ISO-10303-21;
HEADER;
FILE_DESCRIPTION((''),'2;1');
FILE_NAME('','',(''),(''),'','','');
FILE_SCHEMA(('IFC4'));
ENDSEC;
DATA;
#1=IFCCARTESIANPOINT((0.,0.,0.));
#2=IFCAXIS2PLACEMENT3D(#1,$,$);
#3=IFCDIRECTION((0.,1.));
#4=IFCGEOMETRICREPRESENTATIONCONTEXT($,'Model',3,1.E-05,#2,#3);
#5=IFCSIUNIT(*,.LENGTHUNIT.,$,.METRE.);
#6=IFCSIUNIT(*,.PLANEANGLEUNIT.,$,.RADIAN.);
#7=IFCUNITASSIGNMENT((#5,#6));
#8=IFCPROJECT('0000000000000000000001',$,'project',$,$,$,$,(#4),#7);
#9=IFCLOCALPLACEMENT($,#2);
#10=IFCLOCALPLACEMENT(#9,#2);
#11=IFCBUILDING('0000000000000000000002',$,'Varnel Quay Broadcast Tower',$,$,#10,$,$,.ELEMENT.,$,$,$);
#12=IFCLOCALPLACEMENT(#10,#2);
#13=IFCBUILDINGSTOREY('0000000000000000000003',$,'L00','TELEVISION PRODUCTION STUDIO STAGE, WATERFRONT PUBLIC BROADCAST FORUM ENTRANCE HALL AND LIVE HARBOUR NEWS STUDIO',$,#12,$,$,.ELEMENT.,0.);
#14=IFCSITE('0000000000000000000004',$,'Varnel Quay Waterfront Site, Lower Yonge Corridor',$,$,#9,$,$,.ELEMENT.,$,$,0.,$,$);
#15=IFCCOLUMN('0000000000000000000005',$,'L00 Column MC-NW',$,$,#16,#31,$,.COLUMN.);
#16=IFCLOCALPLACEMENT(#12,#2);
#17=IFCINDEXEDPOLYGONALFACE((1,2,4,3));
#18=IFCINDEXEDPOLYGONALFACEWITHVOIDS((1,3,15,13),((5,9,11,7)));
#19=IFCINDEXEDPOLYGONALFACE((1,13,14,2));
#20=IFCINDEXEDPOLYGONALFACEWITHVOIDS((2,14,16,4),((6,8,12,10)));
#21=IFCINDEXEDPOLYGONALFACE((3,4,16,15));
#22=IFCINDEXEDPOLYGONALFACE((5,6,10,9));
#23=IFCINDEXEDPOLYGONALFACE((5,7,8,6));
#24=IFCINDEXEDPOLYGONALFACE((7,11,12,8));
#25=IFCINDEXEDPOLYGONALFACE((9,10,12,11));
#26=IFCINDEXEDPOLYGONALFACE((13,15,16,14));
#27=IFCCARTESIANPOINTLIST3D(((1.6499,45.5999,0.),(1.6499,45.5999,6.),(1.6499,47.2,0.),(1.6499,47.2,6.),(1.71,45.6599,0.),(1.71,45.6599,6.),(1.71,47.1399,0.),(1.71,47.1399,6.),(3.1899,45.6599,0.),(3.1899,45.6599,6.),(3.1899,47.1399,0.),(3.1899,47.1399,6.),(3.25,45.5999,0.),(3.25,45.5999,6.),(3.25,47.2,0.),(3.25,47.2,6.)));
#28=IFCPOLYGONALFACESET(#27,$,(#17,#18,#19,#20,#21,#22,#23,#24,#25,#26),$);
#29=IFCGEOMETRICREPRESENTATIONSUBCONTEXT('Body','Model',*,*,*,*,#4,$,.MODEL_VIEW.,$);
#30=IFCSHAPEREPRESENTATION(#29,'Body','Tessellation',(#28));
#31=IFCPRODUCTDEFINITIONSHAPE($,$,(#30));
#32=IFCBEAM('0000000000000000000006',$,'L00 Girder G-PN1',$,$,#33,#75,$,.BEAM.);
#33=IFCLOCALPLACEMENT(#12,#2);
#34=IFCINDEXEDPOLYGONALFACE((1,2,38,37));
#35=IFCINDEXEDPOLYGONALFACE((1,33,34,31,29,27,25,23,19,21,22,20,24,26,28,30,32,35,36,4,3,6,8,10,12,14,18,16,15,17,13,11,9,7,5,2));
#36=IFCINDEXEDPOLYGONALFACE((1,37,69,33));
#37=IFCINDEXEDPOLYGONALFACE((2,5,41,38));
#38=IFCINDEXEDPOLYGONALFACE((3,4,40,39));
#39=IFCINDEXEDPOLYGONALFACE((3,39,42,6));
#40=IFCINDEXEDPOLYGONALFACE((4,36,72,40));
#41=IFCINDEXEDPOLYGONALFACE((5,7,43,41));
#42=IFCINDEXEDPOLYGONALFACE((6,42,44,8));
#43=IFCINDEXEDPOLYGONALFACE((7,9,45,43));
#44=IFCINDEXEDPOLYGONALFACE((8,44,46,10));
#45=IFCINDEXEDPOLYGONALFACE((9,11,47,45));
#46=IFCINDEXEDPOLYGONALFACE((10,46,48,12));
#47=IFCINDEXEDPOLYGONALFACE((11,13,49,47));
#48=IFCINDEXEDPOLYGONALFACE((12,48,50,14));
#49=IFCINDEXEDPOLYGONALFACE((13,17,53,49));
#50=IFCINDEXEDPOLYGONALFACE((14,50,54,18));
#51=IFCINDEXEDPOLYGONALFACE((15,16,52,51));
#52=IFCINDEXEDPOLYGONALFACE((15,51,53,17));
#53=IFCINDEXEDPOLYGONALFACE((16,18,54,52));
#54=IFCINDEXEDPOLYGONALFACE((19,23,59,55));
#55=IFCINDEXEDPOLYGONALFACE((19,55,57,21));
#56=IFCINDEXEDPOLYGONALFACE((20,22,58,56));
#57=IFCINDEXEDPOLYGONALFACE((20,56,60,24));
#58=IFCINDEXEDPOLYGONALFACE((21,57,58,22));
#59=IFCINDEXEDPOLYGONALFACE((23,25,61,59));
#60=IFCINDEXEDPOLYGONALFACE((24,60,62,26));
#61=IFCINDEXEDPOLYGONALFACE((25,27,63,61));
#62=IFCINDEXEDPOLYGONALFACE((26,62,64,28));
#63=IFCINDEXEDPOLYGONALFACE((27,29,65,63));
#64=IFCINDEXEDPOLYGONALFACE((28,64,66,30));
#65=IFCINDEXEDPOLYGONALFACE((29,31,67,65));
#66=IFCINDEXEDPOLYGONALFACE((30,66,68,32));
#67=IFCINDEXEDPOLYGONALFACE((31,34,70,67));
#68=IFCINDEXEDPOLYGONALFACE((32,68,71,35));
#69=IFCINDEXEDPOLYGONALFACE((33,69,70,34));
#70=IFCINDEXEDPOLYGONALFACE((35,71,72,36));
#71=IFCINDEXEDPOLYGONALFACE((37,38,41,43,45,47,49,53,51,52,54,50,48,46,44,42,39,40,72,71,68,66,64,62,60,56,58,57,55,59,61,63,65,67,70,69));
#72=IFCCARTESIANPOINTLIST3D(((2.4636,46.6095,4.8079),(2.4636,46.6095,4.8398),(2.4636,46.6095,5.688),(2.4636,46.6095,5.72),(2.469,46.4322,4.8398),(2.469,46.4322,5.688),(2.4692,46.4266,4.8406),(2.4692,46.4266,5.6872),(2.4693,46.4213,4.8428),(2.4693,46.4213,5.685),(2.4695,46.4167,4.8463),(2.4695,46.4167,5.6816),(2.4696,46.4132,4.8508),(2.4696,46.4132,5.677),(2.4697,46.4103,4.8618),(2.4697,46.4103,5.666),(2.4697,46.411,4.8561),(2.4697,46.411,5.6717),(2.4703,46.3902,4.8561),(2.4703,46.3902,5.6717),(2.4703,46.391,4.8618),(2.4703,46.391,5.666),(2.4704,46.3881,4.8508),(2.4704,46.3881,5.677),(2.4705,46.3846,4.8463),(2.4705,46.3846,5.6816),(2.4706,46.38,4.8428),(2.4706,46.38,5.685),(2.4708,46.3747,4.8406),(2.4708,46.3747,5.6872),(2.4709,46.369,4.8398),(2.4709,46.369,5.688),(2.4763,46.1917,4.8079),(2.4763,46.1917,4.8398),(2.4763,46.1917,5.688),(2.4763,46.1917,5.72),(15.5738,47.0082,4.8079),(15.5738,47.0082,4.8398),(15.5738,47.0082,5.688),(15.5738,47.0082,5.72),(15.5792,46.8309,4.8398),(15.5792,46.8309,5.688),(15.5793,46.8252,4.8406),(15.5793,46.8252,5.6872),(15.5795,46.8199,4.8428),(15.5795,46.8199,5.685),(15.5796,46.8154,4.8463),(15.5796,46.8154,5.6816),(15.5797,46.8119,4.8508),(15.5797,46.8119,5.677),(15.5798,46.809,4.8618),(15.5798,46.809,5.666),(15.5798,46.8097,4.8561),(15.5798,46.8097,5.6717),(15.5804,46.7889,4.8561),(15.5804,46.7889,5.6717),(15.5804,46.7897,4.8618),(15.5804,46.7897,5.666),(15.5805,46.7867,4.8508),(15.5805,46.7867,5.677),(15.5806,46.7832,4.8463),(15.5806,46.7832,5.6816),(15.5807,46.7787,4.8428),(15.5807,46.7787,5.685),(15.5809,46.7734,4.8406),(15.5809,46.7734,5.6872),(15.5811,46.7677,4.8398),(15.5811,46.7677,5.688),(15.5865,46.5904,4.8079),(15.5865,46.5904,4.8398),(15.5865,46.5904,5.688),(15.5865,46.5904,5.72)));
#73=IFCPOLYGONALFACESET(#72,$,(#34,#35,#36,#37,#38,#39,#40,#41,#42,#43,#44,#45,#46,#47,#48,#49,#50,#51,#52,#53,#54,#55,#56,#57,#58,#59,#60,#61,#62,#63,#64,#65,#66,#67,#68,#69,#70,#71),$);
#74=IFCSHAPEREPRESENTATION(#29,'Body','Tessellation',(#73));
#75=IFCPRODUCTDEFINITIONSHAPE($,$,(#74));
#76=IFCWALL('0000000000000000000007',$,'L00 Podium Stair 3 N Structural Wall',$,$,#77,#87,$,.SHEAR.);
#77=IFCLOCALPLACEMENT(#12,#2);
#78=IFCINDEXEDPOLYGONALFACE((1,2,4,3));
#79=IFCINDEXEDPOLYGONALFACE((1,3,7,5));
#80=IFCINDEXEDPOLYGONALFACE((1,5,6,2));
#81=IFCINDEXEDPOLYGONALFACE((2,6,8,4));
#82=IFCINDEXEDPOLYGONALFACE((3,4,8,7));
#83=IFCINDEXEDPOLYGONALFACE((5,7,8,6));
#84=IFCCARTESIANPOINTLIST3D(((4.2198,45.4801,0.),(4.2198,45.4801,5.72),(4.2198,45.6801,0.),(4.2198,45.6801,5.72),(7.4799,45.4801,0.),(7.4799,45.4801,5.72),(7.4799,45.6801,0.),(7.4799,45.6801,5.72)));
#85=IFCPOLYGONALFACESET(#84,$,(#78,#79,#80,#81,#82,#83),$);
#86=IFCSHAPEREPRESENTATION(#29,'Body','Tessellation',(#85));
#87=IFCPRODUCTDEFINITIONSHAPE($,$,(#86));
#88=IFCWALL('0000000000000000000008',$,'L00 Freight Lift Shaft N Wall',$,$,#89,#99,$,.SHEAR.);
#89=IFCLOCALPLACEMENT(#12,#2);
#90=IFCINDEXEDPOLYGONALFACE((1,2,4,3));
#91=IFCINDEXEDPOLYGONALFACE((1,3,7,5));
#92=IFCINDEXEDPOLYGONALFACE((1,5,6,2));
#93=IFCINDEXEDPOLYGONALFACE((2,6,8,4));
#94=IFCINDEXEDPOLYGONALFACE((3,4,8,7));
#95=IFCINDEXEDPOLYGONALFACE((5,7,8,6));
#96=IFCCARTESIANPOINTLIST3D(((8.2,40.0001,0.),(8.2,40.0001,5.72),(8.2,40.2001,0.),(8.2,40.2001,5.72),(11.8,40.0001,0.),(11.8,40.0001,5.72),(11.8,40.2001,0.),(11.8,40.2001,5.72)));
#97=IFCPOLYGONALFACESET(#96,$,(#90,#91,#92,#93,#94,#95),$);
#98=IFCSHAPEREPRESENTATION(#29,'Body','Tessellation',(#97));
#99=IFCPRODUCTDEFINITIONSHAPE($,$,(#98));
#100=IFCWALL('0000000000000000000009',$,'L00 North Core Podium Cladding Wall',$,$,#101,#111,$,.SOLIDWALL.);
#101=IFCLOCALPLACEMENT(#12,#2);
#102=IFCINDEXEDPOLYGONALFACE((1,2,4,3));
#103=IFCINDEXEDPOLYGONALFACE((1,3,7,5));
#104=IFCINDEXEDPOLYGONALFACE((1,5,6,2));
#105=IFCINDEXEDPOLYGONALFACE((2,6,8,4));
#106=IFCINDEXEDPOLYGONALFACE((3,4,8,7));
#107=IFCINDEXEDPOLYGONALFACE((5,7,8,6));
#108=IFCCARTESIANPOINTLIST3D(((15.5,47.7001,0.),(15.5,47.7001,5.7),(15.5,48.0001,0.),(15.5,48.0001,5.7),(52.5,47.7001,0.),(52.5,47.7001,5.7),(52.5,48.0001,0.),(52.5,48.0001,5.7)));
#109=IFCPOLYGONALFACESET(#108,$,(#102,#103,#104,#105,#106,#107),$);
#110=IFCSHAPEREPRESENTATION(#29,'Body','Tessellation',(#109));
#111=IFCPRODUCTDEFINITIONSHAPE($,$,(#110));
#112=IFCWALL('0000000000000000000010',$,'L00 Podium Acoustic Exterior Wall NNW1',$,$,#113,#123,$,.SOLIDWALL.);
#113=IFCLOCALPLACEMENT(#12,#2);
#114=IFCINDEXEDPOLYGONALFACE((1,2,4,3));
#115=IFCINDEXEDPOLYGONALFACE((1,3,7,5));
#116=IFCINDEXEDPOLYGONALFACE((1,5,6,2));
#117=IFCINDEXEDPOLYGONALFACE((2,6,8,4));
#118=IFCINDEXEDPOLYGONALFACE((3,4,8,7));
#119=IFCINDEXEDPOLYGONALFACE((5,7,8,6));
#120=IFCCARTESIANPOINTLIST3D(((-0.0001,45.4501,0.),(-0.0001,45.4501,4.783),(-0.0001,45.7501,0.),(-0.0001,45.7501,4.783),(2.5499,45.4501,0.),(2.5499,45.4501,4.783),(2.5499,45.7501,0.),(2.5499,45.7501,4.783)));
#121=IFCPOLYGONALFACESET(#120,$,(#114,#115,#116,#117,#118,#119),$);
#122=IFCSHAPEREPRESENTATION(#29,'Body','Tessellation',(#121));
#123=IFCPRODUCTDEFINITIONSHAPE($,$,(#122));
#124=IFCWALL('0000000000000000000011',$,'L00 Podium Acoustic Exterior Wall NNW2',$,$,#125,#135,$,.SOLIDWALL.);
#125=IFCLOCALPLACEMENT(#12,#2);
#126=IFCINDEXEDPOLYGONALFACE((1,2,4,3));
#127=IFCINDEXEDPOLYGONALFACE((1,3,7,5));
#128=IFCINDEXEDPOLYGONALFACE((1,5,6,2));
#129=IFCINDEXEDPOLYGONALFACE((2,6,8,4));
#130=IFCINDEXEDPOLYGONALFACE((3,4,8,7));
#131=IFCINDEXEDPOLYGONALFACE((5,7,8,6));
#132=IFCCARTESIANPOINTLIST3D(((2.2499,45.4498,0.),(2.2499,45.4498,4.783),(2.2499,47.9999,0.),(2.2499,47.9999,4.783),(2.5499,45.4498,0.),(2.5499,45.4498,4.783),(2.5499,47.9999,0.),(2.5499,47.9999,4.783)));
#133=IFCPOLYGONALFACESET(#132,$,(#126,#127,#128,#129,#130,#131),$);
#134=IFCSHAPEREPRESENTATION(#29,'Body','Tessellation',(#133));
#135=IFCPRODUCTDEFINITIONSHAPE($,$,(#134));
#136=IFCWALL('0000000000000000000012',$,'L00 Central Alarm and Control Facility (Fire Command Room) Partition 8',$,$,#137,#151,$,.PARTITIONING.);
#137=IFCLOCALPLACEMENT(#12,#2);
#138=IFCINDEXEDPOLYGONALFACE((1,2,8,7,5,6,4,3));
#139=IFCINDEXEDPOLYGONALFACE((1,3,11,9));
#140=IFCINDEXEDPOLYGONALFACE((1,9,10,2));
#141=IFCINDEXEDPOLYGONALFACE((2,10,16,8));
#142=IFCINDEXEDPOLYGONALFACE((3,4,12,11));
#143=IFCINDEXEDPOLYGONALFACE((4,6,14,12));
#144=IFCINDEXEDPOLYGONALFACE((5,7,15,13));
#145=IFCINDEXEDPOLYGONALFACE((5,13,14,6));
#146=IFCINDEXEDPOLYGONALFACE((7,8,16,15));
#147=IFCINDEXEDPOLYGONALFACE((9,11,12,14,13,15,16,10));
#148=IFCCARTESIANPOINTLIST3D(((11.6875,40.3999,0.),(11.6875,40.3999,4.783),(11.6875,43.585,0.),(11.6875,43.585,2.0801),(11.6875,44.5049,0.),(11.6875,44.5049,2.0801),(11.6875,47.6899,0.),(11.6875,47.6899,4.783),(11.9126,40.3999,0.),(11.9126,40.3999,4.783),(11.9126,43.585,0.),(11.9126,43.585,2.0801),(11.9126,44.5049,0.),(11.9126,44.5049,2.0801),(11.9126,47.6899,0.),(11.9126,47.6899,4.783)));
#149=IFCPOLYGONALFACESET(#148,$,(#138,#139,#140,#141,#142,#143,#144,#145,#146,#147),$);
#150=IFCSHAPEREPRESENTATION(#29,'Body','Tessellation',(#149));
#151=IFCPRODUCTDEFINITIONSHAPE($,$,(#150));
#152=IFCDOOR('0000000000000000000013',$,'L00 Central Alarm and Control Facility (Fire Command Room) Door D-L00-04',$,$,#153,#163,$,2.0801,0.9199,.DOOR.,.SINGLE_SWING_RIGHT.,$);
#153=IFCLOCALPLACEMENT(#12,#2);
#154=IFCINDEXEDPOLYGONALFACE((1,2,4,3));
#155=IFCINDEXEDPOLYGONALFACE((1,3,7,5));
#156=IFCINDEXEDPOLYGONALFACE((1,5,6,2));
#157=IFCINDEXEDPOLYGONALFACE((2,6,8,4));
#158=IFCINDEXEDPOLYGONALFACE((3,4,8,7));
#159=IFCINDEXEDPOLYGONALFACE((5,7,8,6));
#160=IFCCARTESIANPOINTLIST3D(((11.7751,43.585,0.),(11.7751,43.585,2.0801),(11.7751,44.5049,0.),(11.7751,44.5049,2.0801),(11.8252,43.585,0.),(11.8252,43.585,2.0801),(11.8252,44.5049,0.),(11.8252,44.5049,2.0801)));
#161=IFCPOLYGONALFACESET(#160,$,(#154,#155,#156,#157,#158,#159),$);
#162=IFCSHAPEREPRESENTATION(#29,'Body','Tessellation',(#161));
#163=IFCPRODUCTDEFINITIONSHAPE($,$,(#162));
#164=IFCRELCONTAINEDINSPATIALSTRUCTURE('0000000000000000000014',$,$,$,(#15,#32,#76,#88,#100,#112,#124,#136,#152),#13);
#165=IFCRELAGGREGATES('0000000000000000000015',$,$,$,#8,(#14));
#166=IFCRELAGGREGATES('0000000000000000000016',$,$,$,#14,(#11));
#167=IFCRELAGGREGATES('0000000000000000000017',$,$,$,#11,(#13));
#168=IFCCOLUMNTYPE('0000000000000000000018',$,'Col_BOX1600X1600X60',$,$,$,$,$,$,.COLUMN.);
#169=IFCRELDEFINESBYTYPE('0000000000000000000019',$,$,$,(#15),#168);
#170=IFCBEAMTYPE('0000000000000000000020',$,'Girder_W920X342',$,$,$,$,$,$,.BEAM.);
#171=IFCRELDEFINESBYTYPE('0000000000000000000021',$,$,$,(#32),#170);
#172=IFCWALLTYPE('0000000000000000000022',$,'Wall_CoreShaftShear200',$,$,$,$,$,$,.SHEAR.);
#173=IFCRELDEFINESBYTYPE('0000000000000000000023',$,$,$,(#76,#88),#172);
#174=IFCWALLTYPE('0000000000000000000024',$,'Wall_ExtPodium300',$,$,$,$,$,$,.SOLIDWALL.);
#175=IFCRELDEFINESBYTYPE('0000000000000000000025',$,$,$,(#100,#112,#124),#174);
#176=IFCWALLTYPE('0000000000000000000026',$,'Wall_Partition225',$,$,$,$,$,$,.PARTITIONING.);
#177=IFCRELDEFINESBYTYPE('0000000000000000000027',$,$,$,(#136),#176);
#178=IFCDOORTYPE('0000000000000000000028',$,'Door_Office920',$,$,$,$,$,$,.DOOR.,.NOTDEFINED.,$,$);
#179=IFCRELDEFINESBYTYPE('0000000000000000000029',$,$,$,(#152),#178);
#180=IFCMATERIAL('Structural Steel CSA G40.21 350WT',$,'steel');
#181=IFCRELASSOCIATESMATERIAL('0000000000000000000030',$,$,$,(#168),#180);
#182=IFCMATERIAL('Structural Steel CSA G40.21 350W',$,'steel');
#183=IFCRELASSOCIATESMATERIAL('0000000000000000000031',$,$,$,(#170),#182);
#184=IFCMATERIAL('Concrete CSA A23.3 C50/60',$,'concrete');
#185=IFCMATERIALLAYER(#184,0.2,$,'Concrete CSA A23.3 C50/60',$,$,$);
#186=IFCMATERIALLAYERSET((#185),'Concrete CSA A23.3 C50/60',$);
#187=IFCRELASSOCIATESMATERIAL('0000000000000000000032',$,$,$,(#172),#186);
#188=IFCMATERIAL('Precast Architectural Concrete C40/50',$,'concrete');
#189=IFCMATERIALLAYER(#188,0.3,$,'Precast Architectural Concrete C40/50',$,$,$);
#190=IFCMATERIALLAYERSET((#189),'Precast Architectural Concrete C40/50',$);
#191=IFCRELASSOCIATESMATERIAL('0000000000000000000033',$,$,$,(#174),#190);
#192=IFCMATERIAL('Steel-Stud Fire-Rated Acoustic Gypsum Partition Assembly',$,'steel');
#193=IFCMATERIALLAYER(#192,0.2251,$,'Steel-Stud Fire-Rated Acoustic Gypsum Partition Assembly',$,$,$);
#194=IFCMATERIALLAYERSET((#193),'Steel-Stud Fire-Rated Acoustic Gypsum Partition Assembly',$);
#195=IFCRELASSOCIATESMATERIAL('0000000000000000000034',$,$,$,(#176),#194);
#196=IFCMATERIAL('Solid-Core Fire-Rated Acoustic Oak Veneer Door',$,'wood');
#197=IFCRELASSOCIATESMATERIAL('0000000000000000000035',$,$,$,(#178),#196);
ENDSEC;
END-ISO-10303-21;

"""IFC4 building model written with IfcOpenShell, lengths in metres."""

from ifc_helpers import new_model, si_unit, direction, frame, frame_2d, origin, origin_2d, place, context, subcontext, project, spatial, rectangle, hollow_rectangle, i_section, extrude, source, transform, mapped, material, layer, layer_set, material_profile, profile_set, type_object, type_shapes, element, fill, save


model = new_model("IFC4")

# Units and contexts
model_context = context("Model", 3, precision=1e-05, world=origin(), true_north=direction((0.0, 1.0)))
body_context = subcontext(model_context, "Body", "Model", "MODEL_VIEW")
ifc_project = project(units=[si_unit("LENGTHUNIT", "METRE"), si_unit("PLANEANGLEUNIT", "RADIAN")], contexts=[model_context])

# Site, building, storey
site_placement = place(None, origin())
site = spatial("IfcSite", under=ifc_project, at=site_placement, Name="Varnel Quay Waterfront Site, Lower Yonge Corridor", CompositionType="ELEMENT", RefElevation=0.0)
building_placement = place(site_placement, origin())
building = spatial("IfcBuilding", under=site, at=building_placement, Name="Varnel Quay Broadcast Tower", CompositionType="ELEMENT")
storey_placement = place(building_placement, origin())
storey = spatial("IfcBuildingStorey", under=building, at=storey_placement, Name="L00", Description="TELEVISION PRODUCTION STUDIO STAGE, WATERFRONT PUBLIC BROADCAST FORUM ENTRANCE HALL AND LIVE HARBOUR NEWS STUDIO", CompositionType="ELEMENT", Elevation=0.0)

# Column
ifc_material_1 = material(Name="Structural Steel CSA G40.21 350WT", Category="steel")
ifc_material_profile_1 = material_profile(ifc_material_1, hollow_rectangle(XDim=1.6001, YDim=1.6001, WallThickness=0.0601, at=origin_2d()), Name="BOX1600X1600X60")
ifc_profile_set_1 = profile_set([ifc_material_profile_1], Name="Structural Steel CSA G40.21 350WT")
column_type = type_object("IfcColumnType", Name="Col_BOX1600X1600X60", PredefinedType="COLUMN", material=ifc_profile_set_1)
shared_shape_1 = source(origin(), body_context, "Body", "SweptSolid", [
    extrude(hollow_rectangle(XDim=1.6001, YDim=1.6001, WallThickness=0.0601, at=origin_2d()), origin(), (0.0, 0.0, 1.0), 6.0),
])
type_shapes(column_type, [shared_shape_1])
column_placement = place(storey_placement, frame((2.45, 46.3999, 0.0), z_axis=(0.0, 0.0, 1.0), x_axis=(1.0, 0.0, 0.0)))
element("IfcColumn", 1, at=column_placement, inside=storey, type_object=column_type, Name="L00 Column MC-NW", PredefinedType="COLUMN", context=body_context, shape_type="MappedRepresentation", body=[
    mapped(shared_shape_1, transform((0.0, 0.0, 0.0), x_axis=(1.0, 0.0, 0.0), y_axis=(0.0, 1.0, 0.0), z_axis=(0.0, 0.0, 1.0), scale=1.0)),
])

# Beam
ifc_material_2 = material(Name="Structural Steel CSA G40.21 350W", Category="steel")
ifc_material_profile_2 = material_profile(ifc_material_2, i_section(OverallWidth=0.418, OverallDepth=0.9121, WebThickness=0.0193, FlangeThickness=0.032, FilletRadius=0.022, at=origin_2d()), Name="W920X342")
ifc_profile_set_2 = profile_set([ifc_material_profile_2], Name="Structural Steel CSA G40.21 350W")
beam_type = type_object("IfcBeamType", Name="Girder_W920X342", PredefinedType="BEAM", material=ifc_profile_set_2)
shared_shape_2 = source(origin(), body_context, "Body", "SweptSolid", [
    extrude(i_section(OverallWidth=0.418, OverallDepth=0.9121, WebThickness=0.0193, FlangeThickness=0.032, FilletRadius=0.022, at=origin_2d()), origin(), (0.0, 0.0, 1.0), 13.1162),
])
type_shapes(beam_type, [shared_shape_2])
beam_placement = place(storey_placement, frame((2.47, 46.4006, 5.2639), z_axis=(0.999538, 0.030396, 0.0), x_axis=(-0.030396, 0.999538, 0.0)))
element("IfcBeam", 2, at=beam_placement, inside=storey, type_object=beam_type, Name="L00 Girder G-PN1", PredefinedType="BEAM", context=body_context, shape_type="MappedRepresentation", body=[
    mapped(shared_shape_2, transform((0.0, 0.0, 0.0), x_axis=(1.0, 0.0, 0.0), y_axis=(0.0, 1.0, 0.0), z_axis=(0.0, 0.0, 1.0), scale=1.0)),
])

# Walls
ifc_material_3 = material(Name="Concrete CSA A23.3 C50/60", Category="concrete")
ifc_layer_1 = layer(ifc_material_3, 0.2, Name="Concrete CSA A23.3 C50/60")
ifc_layer_set_1 = layer_set([ifc_layer_1], Name="Concrete CSA A23.3 C50/60")
wall_type_1 = type_object("IfcWallType", Name="Wall_CoreShaftShear200", PredefinedType="SHEAR", material=ifc_layer_set_1)
wall_1_placement = place(storey_placement, frame((4.22, 45.5801, 0.0), z_axis=(0.0, 0.0, 1.0), x_axis=(1.0, 0.0, 0.0)))
element("IfcWall", 3, at=wall_1_placement, inside=storey, type_object=wall_type_1, Name="L00 Podium Stair 3 N Structural Wall", PredefinedType="SHEAR", context=body_context, shape_type="SweptSolid", body=[
    extrude(rectangle(XDim=3.26, YDim=0.2, at=frame_2d((1.6299, 0.0))), origin(), (0.0, 0.0, 1.0), 5.72),
])
wall_2_placement = place(storey_placement, frame((8.2, 40.1001, 0.0), z_axis=(0.0, 0.0, 1.0), x_axis=(1.0, 0.0, 0.0)))
element("IfcWall", 4, at=wall_2_placement, inside=storey, type_object=wall_type_1, Name="L00 Freight Lift Shaft N Wall", PredefinedType="SHEAR", context=body_context, shape_type="SweptSolid", body=[
    extrude(rectangle(XDim=3.6001, YDim=0.2, at=frame_2d((1.8, 0.0))), origin(), (0.0, 0.0, 1.0), 5.72),
])

# Shared definitions
ifc_material_4 = material(Name="Precast Architectural Concrete C40/50", Category="concrete")
ifc_layer_2 = layer(ifc_material_4, 0.3, Name="Precast Architectural Concrete C40/50")
ifc_layer_set_2 = layer_set([ifc_layer_2], Name="Precast Architectural Concrete C40/50")
wall_type_2 = type_object("IfcWallType", Name="Wall_ExtPodium300", PredefinedType="SOLIDWALL", material=ifc_layer_set_2)

# Walls
wall_3_placement = place(storey_placement, frame((15.5, 47.8501, 0.0), z_axis=(0.0, 0.0, 1.0), x_axis=(1.0, 0.0, 0.0)))
element("IfcWall", 5, at=wall_3_placement, inside=storey, type_object=wall_type_2, Name="L00 North Core Podium Cladding Wall", PredefinedType="SOLIDWALL", context=body_context, shape_type="SweptSolid", body=[
    extrude(rectangle(XDim=37.0, YDim=0.3, at=frame_2d((18.5, 0.0))), origin(), (0.0, 0.0, 1.0), 5.7),
])
for number, where, z_axis, x_axis, name in (
    (6, (0.0, 45.6001, 0.0), (0.0, 0.0, 1.0), (1.0, 0.0, 0.0), "L00 Podium Acoustic Exterior Wall NNW1"),
    (7, (2.3999, 45.45, 0.0), (0.0, 0.0, 1.0), (0.0, 1.0, 0.0), "L00 Podium Acoustic Exterior Wall NNW2"),
):
    element("IfcWall", number, at=place(storey_placement, frame(where, z_axis=z_axis, x_axis=x_axis)), inside=storey, type_object=wall_type_2, Name=name, PredefinedType="SOLIDWALL", context=body_context, shape_type="SweptSolid", body=[
        extrude(rectangle(XDim=2.55, YDim=0.3, at=frame_2d((1.2749, 0.0))), origin(), (0.0, 0.0, 1.0), 4.783),
    ])

# Wall, opening, door
ifc_material_5 = material(Name="Steel-Stud Fire-Rated Acoustic Gypsum Partition Assembly", Category="steel")
ifc_layer_3 = layer(ifc_material_5, 0.2251, Name="Steel-Stud Fire-Rated Acoustic Gypsum Partition Assembly")
ifc_layer_set_3 = layer_set([ifc_layer_3], Name="Steel-Stud Fire-Rated Acoustic Gypsum Partition Assembly")
wall_type_3 = type_object("IfcWallType", Name="Wall_Partition225", PredefinedType="PARTITIONING", material=ifc_layer_set_3)
wall_4_placement = place(storey_placement, frame((11.8, 40.3999, 0.0), z_axis=(0.0, 0.0, 1.0), x_axis=(0.0, 1.0, 0.0)))
wall_4 = element("IfcWall", 8, at=wall_4_placement, inside=storey, type_object=wall_type_3, Name="L00 Central Alarm and Control Facility (Fire Command Room) Partition 8", PredefinedType="PARTITIONING", context=body_context, shape_type="SweptSolid", body=[
    extrude(rectangle(XDim=7.29, YDim=0.2251, at=frame_2d((3.645, 0.0))), origin(), (0.0, 0.0, 1.0), 4.783),
])
opening_1_placement = place(wall_4_placement, frame((3.1851, 0.0, 0.0)))
opening_1 = element("IfcOpeningElement", 9, at=opening_1_placement, cuts=wall_4, PredefinedType="OPENING", context=body_context, shape_type="SweptSolid", body=[
    extrude(rectangle(XDim=0.9199, YDim=2.0801, at=frame_2d((0.46, 1.04))), frame((0.0, 0.1226, 0.0), z_axis=(0.0, -1.0, 0.0), x_axis=(1.0, 0.0, 0.0)), (0.0, 0.0, 1.0), 0.2451),
])
ifc_material_6 = material(Name="Solid-Core Fire-Rated Acoustic Oak Veneer Door", Category="wood")
door_type_1 = type_object("IfcDoorType", Name="Door_Office920", OperationType="NOTDEFINED", PredefinedType="DOOR", material=ifc_material_6)
shared_shape_3 = source(origin(), body_context, "Body", "SweptSolid", [
    extrude(rectangle(XDim=0.9199, YDim=2.0801, at=frame_2d((0.46, 1.04))), frame((0.0, 0.0249, 0.0), z_axis=(0.0, -1.0, 0.0), x_axis=(1.0, 0.0, 0.0)), (0.0, 0.0, 1.0), 0.05),
])
type_shapes(door_type_1, [shared_shape_3])
door_1_placement = place(opening_1_placement, origin())
door_1 = element("IfcDoor", 10, at=door_1_placement, inside=storey, type_object=door_type_1, Name="L00 Central Alarm and Control Facility (Fire Command Room) Door D-L00-04", OperationType="SINGLE_SWING_RIGHT", OverallHeight=2.0801, OverallWidth=0.9199, PredefinedType="DOOR", context=body_context, shape_type="MappedRepresentation", body=[
    mapped(shared_shape_3, transform((0.0, 0.0, 0.0), x_axis=(1.0, 0.0, 0.0), y_axis=(0.0, 1.0, 0.0), z_axis=(0.0, 0.0, 1.0), scale=1.0)),
])
fill(opening_1, door_1)

save(model, "model.ifc")
